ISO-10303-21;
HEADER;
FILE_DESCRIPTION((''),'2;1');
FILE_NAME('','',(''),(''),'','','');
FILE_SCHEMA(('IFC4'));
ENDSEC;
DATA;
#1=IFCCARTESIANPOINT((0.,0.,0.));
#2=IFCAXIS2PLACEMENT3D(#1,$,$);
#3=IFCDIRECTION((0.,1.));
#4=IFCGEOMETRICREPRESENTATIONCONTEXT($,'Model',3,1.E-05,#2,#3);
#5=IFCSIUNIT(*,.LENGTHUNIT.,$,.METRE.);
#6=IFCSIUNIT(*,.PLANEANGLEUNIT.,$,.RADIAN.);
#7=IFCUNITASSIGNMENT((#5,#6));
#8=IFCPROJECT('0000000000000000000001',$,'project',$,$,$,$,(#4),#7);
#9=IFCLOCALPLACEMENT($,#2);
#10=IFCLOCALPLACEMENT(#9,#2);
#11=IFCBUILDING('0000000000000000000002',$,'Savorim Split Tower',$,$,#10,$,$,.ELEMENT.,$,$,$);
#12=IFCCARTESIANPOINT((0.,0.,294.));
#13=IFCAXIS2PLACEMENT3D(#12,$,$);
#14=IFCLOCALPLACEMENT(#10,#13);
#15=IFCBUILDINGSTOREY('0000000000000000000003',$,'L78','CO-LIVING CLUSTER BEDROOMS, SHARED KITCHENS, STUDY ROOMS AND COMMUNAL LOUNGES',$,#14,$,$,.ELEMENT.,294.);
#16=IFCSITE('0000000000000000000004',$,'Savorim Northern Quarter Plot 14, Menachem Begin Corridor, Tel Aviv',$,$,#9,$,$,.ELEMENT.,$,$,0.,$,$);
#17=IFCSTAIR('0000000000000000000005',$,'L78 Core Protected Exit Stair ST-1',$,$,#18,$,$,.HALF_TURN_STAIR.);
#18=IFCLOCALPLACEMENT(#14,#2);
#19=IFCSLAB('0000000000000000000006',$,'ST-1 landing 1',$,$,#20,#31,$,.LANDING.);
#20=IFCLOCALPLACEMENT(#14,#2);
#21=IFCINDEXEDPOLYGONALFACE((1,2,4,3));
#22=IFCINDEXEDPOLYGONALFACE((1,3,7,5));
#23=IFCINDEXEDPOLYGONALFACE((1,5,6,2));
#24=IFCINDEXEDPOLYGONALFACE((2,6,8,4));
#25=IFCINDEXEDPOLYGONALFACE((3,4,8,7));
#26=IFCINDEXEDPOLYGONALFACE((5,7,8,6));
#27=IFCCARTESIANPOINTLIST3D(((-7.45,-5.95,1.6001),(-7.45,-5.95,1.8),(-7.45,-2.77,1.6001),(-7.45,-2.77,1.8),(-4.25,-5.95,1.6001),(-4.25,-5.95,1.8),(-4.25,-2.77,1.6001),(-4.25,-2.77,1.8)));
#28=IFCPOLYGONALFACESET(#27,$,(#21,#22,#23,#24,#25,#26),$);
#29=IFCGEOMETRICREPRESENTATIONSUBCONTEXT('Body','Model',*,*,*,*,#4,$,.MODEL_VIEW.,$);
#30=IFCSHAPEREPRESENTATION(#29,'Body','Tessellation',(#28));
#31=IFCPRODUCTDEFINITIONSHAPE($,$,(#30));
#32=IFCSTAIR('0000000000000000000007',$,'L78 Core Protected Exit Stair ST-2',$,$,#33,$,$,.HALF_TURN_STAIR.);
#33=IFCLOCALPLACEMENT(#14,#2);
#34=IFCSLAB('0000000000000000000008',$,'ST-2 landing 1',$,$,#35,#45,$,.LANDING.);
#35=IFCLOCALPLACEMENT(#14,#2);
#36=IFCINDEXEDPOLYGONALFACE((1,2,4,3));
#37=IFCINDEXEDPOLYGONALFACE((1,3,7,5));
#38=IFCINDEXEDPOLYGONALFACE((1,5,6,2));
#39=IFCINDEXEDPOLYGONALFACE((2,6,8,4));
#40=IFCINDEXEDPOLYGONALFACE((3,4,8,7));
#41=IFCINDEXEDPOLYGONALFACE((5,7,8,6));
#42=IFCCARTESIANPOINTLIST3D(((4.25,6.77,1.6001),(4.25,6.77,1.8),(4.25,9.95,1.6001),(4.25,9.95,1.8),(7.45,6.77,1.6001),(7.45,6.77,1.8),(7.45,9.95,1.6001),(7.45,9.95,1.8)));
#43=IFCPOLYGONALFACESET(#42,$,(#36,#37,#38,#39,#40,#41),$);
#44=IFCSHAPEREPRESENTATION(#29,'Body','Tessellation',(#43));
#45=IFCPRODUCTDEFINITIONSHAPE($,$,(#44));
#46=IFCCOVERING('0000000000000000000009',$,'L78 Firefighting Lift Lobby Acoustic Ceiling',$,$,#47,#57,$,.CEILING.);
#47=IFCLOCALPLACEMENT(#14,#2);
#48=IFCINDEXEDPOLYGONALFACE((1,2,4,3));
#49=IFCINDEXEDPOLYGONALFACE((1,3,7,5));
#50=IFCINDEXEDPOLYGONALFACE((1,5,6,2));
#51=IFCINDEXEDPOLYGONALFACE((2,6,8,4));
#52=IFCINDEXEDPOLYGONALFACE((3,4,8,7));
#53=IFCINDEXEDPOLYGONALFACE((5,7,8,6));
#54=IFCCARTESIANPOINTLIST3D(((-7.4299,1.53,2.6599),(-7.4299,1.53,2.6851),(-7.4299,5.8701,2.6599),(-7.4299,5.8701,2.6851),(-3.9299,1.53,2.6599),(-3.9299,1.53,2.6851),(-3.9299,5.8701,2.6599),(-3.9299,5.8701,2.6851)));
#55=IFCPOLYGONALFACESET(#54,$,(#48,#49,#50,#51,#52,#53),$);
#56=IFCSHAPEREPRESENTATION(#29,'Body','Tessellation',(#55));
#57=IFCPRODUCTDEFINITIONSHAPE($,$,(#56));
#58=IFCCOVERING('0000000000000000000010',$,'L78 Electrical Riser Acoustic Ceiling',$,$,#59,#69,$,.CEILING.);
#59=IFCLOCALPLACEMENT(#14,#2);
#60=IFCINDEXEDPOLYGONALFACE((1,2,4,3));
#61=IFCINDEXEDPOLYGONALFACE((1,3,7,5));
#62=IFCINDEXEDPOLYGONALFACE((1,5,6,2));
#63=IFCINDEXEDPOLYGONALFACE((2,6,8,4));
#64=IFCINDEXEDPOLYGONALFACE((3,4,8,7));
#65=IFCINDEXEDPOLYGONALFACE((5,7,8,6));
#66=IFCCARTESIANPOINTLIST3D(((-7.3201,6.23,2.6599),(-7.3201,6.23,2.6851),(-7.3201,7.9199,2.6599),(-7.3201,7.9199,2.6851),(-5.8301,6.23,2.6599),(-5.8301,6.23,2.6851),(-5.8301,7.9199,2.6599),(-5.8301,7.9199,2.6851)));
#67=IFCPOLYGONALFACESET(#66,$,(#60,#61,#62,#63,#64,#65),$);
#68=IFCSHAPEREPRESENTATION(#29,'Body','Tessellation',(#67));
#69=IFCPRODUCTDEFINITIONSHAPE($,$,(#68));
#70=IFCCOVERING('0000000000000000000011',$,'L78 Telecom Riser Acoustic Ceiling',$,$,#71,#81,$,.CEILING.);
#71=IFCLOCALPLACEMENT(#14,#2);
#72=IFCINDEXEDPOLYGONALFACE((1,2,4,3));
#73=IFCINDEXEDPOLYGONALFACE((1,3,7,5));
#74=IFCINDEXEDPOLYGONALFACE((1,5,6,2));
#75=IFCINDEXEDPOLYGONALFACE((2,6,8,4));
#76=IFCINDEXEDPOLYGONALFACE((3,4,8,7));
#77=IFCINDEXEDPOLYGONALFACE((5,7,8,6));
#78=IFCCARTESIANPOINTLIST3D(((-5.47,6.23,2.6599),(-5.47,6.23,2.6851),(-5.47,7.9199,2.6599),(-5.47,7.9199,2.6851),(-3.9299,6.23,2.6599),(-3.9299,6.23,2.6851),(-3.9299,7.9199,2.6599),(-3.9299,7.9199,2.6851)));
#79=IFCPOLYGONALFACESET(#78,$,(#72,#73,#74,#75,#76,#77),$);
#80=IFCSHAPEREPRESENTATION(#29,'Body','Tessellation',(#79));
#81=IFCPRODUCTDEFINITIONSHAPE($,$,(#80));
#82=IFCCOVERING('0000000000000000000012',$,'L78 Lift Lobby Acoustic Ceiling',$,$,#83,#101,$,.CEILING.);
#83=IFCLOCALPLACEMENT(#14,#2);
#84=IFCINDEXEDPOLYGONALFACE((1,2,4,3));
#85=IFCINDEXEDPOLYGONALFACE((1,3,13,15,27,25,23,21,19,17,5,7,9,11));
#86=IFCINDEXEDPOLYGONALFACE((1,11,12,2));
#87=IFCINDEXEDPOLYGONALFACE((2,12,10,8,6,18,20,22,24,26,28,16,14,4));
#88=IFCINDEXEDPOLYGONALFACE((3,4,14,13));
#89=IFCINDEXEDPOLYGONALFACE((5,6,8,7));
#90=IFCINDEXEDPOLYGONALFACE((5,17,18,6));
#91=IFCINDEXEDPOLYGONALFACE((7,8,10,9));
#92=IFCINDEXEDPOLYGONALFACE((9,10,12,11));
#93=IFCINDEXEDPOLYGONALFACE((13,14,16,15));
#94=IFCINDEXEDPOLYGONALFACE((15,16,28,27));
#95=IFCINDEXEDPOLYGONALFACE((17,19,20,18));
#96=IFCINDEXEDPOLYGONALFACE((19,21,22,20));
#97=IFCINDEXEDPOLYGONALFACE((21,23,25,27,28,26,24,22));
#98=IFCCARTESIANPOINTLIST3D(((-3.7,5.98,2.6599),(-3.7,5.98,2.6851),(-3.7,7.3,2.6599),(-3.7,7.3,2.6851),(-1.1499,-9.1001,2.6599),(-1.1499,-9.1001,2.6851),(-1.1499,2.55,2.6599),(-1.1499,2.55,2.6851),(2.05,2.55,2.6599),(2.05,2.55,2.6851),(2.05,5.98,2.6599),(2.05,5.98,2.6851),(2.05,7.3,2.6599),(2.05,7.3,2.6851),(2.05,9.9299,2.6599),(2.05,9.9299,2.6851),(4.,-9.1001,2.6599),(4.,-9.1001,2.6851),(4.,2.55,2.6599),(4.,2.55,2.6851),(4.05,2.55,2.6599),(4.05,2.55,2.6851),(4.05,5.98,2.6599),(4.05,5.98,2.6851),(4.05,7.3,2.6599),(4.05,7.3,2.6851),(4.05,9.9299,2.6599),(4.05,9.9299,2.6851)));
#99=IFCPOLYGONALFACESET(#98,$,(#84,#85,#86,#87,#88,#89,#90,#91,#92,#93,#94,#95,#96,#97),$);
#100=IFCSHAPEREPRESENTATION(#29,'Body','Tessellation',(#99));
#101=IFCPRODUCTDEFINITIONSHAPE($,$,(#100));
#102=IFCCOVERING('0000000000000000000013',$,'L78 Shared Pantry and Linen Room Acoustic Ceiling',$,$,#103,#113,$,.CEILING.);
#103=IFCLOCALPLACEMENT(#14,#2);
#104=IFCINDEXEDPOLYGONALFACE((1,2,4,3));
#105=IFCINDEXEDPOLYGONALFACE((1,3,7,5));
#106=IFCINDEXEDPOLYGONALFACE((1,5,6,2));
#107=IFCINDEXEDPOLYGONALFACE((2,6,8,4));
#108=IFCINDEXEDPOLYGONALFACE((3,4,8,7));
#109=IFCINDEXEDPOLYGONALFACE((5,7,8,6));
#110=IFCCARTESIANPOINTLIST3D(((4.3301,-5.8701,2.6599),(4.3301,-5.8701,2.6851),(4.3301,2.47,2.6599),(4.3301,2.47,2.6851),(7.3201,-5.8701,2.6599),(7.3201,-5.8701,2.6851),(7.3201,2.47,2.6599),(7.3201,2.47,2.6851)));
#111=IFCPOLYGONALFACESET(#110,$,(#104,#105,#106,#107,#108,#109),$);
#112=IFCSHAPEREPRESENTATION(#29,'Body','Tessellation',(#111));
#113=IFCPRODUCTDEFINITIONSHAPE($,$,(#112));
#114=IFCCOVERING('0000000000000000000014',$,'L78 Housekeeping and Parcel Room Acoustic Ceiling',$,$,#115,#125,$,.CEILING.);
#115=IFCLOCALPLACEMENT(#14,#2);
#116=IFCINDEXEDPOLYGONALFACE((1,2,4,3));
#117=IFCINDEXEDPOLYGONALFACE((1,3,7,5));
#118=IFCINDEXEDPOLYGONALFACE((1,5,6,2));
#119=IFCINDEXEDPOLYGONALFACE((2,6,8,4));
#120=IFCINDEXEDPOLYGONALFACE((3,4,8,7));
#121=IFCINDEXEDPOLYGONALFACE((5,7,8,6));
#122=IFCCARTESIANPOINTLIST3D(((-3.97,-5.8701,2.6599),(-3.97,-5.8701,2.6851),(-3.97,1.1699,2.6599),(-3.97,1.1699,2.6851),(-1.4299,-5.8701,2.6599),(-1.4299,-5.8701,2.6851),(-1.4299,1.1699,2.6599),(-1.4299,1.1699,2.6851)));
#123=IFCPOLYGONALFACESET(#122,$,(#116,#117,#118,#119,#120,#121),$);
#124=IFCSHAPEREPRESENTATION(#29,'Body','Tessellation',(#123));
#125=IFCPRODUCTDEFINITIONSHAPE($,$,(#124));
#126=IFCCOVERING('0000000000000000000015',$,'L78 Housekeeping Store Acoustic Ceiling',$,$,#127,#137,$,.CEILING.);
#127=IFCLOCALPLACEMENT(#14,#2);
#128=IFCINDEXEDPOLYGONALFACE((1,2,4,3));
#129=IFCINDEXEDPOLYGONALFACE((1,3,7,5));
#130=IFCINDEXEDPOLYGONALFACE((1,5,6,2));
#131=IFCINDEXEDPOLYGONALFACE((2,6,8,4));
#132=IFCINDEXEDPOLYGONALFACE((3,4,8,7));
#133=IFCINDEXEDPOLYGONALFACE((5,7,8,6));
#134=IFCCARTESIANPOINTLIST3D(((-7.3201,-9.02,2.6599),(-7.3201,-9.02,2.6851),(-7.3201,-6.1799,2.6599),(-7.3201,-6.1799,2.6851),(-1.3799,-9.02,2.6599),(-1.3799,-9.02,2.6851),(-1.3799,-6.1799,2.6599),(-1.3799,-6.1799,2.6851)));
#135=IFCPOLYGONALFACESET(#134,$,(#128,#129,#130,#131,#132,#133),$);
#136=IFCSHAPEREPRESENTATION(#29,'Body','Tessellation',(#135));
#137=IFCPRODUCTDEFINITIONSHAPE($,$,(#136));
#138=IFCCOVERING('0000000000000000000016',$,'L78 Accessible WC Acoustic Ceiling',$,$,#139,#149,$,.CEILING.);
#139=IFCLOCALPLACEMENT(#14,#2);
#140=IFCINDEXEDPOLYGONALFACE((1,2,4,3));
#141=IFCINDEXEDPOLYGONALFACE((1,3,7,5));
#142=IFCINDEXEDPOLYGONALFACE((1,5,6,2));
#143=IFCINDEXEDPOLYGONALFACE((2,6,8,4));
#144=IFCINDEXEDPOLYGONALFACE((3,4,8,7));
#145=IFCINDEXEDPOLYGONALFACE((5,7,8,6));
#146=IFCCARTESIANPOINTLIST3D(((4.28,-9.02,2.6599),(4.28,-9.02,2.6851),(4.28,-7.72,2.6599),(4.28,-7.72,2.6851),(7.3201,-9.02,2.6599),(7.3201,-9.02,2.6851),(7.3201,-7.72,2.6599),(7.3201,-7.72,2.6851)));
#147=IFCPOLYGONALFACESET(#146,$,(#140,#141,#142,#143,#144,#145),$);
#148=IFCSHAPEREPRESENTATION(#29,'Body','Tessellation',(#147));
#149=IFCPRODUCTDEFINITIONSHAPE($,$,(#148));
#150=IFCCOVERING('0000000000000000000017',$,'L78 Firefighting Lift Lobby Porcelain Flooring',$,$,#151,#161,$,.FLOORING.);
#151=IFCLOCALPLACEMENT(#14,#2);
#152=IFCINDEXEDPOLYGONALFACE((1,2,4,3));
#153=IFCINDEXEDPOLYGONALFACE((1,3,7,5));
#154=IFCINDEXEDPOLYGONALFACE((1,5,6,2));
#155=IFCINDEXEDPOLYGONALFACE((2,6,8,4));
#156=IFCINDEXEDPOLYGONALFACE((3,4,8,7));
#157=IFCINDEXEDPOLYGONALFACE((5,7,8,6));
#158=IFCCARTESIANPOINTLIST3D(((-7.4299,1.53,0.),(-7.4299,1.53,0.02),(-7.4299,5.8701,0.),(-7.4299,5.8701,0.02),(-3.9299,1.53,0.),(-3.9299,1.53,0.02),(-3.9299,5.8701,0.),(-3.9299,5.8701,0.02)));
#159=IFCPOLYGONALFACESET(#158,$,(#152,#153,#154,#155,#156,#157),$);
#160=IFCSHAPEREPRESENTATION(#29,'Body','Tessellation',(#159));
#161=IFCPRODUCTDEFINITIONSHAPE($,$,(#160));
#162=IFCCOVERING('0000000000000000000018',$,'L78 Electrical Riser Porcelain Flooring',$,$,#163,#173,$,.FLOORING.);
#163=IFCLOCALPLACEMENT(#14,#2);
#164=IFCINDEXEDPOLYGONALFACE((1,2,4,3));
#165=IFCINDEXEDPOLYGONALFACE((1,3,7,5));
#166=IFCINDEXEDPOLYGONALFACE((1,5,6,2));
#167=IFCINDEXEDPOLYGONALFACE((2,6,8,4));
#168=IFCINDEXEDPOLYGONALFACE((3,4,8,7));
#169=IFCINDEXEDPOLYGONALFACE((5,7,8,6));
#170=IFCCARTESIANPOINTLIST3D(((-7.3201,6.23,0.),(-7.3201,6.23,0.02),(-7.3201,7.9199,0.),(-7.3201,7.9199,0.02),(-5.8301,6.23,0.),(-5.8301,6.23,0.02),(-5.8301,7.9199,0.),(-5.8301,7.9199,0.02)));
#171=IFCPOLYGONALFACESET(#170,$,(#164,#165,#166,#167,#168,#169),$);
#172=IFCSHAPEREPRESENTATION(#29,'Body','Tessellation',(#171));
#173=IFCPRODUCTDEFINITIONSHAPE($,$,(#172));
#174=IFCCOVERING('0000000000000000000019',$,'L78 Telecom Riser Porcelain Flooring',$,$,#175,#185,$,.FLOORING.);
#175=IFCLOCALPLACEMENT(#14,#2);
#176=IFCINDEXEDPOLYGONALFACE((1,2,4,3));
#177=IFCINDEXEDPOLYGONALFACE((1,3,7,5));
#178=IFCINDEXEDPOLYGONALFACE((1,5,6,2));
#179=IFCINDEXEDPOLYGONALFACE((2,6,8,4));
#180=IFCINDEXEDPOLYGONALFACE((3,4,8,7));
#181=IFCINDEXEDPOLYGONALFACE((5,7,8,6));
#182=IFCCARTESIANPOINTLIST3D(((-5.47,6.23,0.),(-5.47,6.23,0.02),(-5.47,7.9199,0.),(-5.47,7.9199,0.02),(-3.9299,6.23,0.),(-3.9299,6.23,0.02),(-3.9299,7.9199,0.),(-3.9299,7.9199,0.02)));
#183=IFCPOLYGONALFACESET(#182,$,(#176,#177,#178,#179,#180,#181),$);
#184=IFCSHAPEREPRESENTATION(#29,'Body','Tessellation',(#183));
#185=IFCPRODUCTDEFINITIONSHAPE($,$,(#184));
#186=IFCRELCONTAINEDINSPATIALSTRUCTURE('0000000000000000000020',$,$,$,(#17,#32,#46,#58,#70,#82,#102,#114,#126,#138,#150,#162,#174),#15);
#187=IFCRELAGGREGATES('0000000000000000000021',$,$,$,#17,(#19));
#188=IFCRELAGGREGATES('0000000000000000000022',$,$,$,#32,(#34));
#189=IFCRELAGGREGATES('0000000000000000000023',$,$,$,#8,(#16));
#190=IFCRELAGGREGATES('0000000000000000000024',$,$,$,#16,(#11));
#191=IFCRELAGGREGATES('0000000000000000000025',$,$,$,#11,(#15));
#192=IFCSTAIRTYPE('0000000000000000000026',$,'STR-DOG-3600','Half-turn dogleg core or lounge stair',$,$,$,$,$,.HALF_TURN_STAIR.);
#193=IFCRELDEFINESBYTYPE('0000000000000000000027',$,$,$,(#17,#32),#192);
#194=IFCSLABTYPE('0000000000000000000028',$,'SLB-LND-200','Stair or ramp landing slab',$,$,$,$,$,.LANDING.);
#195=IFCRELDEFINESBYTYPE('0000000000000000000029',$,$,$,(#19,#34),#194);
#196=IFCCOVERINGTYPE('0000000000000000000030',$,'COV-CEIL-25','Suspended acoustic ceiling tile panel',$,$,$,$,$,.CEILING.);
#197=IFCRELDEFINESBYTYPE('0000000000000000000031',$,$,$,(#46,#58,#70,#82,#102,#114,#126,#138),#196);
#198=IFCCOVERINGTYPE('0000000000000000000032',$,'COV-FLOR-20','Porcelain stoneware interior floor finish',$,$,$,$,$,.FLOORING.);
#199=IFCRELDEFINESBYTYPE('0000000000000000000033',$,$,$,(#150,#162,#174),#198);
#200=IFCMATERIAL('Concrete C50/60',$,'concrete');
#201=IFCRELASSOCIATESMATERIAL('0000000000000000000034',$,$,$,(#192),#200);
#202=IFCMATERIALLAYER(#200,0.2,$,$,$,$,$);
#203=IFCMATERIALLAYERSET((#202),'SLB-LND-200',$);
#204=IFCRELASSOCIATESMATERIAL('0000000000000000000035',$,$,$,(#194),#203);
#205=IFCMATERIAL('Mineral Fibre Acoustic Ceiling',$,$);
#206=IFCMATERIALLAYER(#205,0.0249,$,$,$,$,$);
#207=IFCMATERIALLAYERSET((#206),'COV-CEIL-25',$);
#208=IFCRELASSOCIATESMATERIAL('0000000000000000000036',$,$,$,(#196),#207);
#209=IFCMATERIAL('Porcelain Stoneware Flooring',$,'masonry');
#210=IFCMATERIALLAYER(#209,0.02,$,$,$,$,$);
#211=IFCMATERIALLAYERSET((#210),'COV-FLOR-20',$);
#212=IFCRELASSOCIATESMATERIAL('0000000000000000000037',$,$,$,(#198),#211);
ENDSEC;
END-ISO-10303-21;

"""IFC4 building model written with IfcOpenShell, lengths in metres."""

from ifc_helpers import new_model, si_unit, direction, frame, origin, place, context, subcontext, project, spatial, polyline, outline, extrude, material, layer, layer_set, type_object, element, aggregate, save


model = new_model("IFC4")

# Units and contexts
model_context = context("Model", 3, precision=1e-05, world=origin(), true_north=direction((0.0, 1.0)))
body_context = subcontext(model_context, "Body", "Model", "MODEL_VIEW")
ifc_project = project(units=[si_unit("LENGTHUNIT", "METRE"), si_unit("PLANEANGLEUNIT", "RADIAN")], contexts=[model_context])

# Site, building, storey
site_placement = place(None, origin())
site = spatial("IfcSite", under=ifc_project, at=site_placement, Name="Savorim Northern Quarter Plot 14, Menachem Begin Corridor, Tel Aviv", CompositionType="ELEMENT", RefElevation=0.0)
building_placement = place(site_placement, origin())
building = spatial("IfcBuilding", under=site, at=building_placement, Name="Savorim Split Tower", CompositionType="ELEMENT")
storey_placement = place(building_placement, frame((0.0, 0.0, 294.0)))
storey = spatial("IfcBuildingStorey", under=building, at=storey_placement, Name="L78", Description="CO-LIVING CLUSTER BEDROOMS, SHARED KITCHENS, STUDY ROOMS AND COMMUNAL LOUNGES", CompositionType="ELEMENT", Elevation=294.0)

# Stairs, slabs
ifc_material_1 = material(Name="Concrete C50/60", Category="concrete")
stair_type = type_object("IfcStairType", Name="STR-DOG-3600", Description="Half-turn dogleg core or lounge stair", PredefinedType="HALF_TURN_STAIR", material=ifc_material_1)
stair_1_placement = place(storey_placement, origin())
stair_1 = element("IfcStair", 1, at=stair_1_placement, inside=storey, type_object=stair_type, Name="L78 Core Protected Exit Stair ST-1", PredefinedType="HALF_TURN_STAIR")
ifc_layer_1 = layer(ifc_material_1, 0.2)
ifc_layer_set_1 = layer_set([ifc_layer_1], Name="SLB-LND-200")
slab_type = type_object("IfcSlabType", Name="SLB-LND-200", Description="Stair or ramp landing slab", PredefinedType="LANDING", material=ifc_layer_set_1)
slab_1_placement = place(storey_placement, frame((0.0, 0.0, 1.6001)))
slab_1 = element("IfcSlab", 2, at=slab_1_placement, type_object=slab_type, Name="ST-1 landing 1", PredefinedType="LANDING", context=body_context, shape_type="SweptSolid", body=[
    extrude(outline(polyline([(-7.45, -2.77), (-7.45, -5.95), (-4.25, -5.95), (-4.25, -2.77), (-7.45, -2.77)])), origin(), (0.0, 0.0, 1.0), 0.2),
])
aggregate(stair_1, [slab_1])
stair_2_placement = place(storey_placement, origin())
stair_2 = element("IfcStair", 3, at=stair_2_placement, inside=storey, type_object=stair_type, Name="L78 Core Protected Exit Stair ST-2", PredefinedType="HALF_TURN_STAIR")
slab_2_placement = place(storey_placement, frame((0.0, 0.0, 1.6001)))
slab_2 = element("IfcSlab", 4, at=slab_2_placement, type_object=slab_type, Name="ST-2 landing 1", PredefinedType="LANDING", context=body_context, shape_type="SweptSolid", body=[
    extrude(outline(polyline([(7.45, 6.77), (7.45, 9.95), (4.25, 9.95), (4.25, 6.77), (7.45, 6.77)])), origin(), (0.0, 0.0, 1.0), 0.2),
])
aggregate(stair_2, [slab_2])

# Coverings
ifc_material_2 = material(Name="Mineral Fibre Acoustic Ceiling")
ifc_layer_2 = layer(ifc_material_2, 0.0249)
ifc_layer_set_2 = layer_set([ifc_layer_2], Name="COV-CEIL-25")
covering_type_1 = type_object("IfcCoveringType", Name="COV-CEIL-25", Description="Suspended acoustic ceiling tile panel", PredefinedType="CEILING", material=ifc_layer_set_2)
covering_1_placement = place(storey_placement, frame((0.0, 0.0, 2.6599)))
element("IfcCovering", 5, at=covering_1_placement, inside=storey, type_object=covering_type_1, Name="L78 Firefighting Lift Lobby Acoustic Ceiling", PredefinedType="CEILING", context=body_context, shape_type="SweptSolid", body=[
    extrude(outline(polyline([(-7.4299, 5.8701), (-7.4299, 1.53), (-3.9299, 1.53), (-3.9299, 5.8701), (-7.4299, 5.8701)])), origin(), (0.0, 0.0, 1.0), 0.0251),
])
covering_2_placement = place(storey_placement, frame((0.0, 0.0, 2.6599)))
element("IfcCovering", 6, at=covering_2_placement, inside=storey, type_object=covering_type_1, Name="L78 Electrical Riser Acoustic Ceiling", PredefinedType="CEILING", context=body_context, shape_type="SweptSolid", body=[
    extrude(outline(polyline([(-7.3201, 7.9199), (-7.3201, 6.23), (-5.8301, 6.23), (-5.8301, 7.9199), (-7.3201, 7.9199)])), origin(), (0.0, 0.0, 1.0), 0.0251),
])
covering_3_placement = place(storey_placement, frame((0.0, 0.0, 2.6599)))
element("IfcCovering", 7, at=covering_3_placement, inside=storey, type_object=covering_type_1, Name="L78 Telecom Riser Acoustic Ceiling", PredefinedType="CEILING", context=body_context, shape_type="SweptSolid", body=[
    extrude(outline(polyline([(-5.47, 7.9199), (-5.47, 6.23), (-3.9299, 6.23), (-3.9299, 7.9199), (-5.47, 7.9199)])), origin(), (0.0, 0.0, 1.0), 0.0251),
])
covering_4_placement = place(storey_placement, frame((0.0, 0.0, 2.6599)))
element("IfcCovering", 8, at=covering_4_placement, inside=storey, type_object=covering_type_1, Name="L78 Lift Lobby Acoustic Ceiling", PredefinedType="CEILING", context=body_context, shape_type="SweptSolid", body=[
    extrude(outline(polyline([(2.05, 2.55), (-1.1499, 2.55), (-1.1499, -9.1001), (4.0, -9.1001), (4.0, 2.55), (4.05, 2.55), (4.05, 5.98), (4.05, 7.3), (4.05, 9.9299), (2.05, 9.9299), (2.05, 7.3), (-3.7, 7.3), (-3.7, 5.98), (2.05, 5.98), (2.05, 2.55)])), origin(), (0.0, 0.0, 1.0), 0.0251),
])
covering_5_placement = place(storey_placement, frame((0.0, 0.0, 2.6599)))
element("IfcCovering", 9, at=covering_5_placement, inside=storey, type_object=covering_type_1, Name="L78 Shared Pantry and Linen Room Acoustic Ceiling", PredefinedType="CEILING", context=body_context, shape_type="SweptSolid", body=[
    extrude(outline(polyline([(4.3301, 2.47), (4.3301, -5.8701), (7.3201, -5.8701), (7.3201, 2.47), (4.3301, 2.47)])), origin(), (0.0, 0.0, 1.0), 0.0251),
])
covering_6_placement = place(storey_placement, frame((0.0, 0.0, 2.6599)))
element("IfcCovering", 10, at=covering_6_placement, inside=storey, type_object=covering_type_1, Name="L78 Housekeeping and Parcel Room Acoustic Ceiling", PredefinedType="CEILING", context=body_context, shape_type="SweptSolid", body=[
    extrude(outline(polyline([(-3.97, 1.1699), (-3.97, -5.8701), (-1.4299, -5.8701), (-1.4299, 1.1699), (-3.97, 1.1699)])), origin(), (0.0, 0.0, 1.0), 0.0251),
])
covering_7_placement = place(storey_placement, frame((0.0, 0.0, 2.6599)))
element("IfcCovering", 11, at=covering_7_placement, inside=storey, type_object=covering_type_1, Name="L78 Housekeeping Store Acoustic Ceiling", PredefinedType="CEILING", context=body_context, shape_type="SweptSolid", body=[
    extrude(outline(polyline([(-7.3201, -6.1799), (-7.3201, -9.02), (-1.3799, -9.02), (-1.3799, -6.1799), (-7.3201, -6.1799)])), origin(), (0.0, 0.0, 1.0), 0.0251),
])
covering_8_placement = place(storey_placement, frame((0.0, 0.0, 2.6599)))
element("IfcCovering", 12, at=covering_8_placement, inside=storey, type_object=covering_type_1, Name="L78 Accessible WC Acoustic Ceiling", PredefinedType="CEILING", context=body_context, shape_type="SweptSolid", body=[
    extrude(outline(polyline([(4.28, -7.72), (4.28, -9.02), (7.3201, -9.02), (7.3201, -7.72), (4.28, -7.72)])), origin(), (0.0, 0.0, 1.0), 0.0251),
])
ifc_material_3 = material(Name="Porcelain Stoneware Flooring", Category="masonry")
ifc_layer_3 = layer(ifc_material_3, 0.02)
ifc_layer_set_3 = layer_set([ifc_layer_3], Name="COV-FLOR-20")
covering_type_2 = type_object("IfcCoveringType", Name="COV-FLOR-20", Description="Porcelain stoneware interior floor finish", PredefinedType="FLOORING", material=ifc_layer_set_3)
covering_9_placement = place(storey_placement, origin())
element("IfcCovering", 13, at=covering_9_placement, inside=storey, type_object=covering_type_2, Name="L78 Firefighting Lift Lobby Porcelain Flooring", PredefinedType="FLOORING", context=body_context, shape_type="SweptSolid", body=[
    extrude(outline(polyline([(-7.4299, 5.8701), (-7.4299, 1.53), (-3.9299, 1.53), (-3.9299, 5.8701), (-7.4299, 5.8701)])), origin(), (0.0, 0.0, 1.0), 0.02),
])
covering_10_placement = place(storey_placement, origin())
element("IfcCovering", 14, at=covering_10_placement, inside=storey, type_object=covering_type_2, Name="L78 Electrical Riser Porcelain Flooring", PredefinedType="FLOORING", context=body_context, shape_type="SweptSolid", body=[
    extrude(outline(polyline([(-7.3201, 7.9199), (-7.3201, 6.23), (-5.8301, 6.23), (-5.8301, 7.9199), (-7.3201, 7.9199)])), origin(), (0.0, 0.0, 1.0), 0.02),
])
covering_11_placement = place(storey_placement, origin())
element("IfcCovering", 15, at=covering_11_placement, inside=storey, type_object=covering_type_2, Name="L78 Telecom Riser Porcelain Flooring", PredefinedType="FLOORING", context=body_context, shape_type="SweptSolid", body=[
    extrude(outline(polyline([(-5.47, 7.9199), (-5.47, 6.23), (-3.9299, 6.23), (-3.9299, 7.9199), (-5.47, 7.9199)])), origin(), (0.0, 0.0, 1.0), 0.02),
])

save(model, "model.ifc")
